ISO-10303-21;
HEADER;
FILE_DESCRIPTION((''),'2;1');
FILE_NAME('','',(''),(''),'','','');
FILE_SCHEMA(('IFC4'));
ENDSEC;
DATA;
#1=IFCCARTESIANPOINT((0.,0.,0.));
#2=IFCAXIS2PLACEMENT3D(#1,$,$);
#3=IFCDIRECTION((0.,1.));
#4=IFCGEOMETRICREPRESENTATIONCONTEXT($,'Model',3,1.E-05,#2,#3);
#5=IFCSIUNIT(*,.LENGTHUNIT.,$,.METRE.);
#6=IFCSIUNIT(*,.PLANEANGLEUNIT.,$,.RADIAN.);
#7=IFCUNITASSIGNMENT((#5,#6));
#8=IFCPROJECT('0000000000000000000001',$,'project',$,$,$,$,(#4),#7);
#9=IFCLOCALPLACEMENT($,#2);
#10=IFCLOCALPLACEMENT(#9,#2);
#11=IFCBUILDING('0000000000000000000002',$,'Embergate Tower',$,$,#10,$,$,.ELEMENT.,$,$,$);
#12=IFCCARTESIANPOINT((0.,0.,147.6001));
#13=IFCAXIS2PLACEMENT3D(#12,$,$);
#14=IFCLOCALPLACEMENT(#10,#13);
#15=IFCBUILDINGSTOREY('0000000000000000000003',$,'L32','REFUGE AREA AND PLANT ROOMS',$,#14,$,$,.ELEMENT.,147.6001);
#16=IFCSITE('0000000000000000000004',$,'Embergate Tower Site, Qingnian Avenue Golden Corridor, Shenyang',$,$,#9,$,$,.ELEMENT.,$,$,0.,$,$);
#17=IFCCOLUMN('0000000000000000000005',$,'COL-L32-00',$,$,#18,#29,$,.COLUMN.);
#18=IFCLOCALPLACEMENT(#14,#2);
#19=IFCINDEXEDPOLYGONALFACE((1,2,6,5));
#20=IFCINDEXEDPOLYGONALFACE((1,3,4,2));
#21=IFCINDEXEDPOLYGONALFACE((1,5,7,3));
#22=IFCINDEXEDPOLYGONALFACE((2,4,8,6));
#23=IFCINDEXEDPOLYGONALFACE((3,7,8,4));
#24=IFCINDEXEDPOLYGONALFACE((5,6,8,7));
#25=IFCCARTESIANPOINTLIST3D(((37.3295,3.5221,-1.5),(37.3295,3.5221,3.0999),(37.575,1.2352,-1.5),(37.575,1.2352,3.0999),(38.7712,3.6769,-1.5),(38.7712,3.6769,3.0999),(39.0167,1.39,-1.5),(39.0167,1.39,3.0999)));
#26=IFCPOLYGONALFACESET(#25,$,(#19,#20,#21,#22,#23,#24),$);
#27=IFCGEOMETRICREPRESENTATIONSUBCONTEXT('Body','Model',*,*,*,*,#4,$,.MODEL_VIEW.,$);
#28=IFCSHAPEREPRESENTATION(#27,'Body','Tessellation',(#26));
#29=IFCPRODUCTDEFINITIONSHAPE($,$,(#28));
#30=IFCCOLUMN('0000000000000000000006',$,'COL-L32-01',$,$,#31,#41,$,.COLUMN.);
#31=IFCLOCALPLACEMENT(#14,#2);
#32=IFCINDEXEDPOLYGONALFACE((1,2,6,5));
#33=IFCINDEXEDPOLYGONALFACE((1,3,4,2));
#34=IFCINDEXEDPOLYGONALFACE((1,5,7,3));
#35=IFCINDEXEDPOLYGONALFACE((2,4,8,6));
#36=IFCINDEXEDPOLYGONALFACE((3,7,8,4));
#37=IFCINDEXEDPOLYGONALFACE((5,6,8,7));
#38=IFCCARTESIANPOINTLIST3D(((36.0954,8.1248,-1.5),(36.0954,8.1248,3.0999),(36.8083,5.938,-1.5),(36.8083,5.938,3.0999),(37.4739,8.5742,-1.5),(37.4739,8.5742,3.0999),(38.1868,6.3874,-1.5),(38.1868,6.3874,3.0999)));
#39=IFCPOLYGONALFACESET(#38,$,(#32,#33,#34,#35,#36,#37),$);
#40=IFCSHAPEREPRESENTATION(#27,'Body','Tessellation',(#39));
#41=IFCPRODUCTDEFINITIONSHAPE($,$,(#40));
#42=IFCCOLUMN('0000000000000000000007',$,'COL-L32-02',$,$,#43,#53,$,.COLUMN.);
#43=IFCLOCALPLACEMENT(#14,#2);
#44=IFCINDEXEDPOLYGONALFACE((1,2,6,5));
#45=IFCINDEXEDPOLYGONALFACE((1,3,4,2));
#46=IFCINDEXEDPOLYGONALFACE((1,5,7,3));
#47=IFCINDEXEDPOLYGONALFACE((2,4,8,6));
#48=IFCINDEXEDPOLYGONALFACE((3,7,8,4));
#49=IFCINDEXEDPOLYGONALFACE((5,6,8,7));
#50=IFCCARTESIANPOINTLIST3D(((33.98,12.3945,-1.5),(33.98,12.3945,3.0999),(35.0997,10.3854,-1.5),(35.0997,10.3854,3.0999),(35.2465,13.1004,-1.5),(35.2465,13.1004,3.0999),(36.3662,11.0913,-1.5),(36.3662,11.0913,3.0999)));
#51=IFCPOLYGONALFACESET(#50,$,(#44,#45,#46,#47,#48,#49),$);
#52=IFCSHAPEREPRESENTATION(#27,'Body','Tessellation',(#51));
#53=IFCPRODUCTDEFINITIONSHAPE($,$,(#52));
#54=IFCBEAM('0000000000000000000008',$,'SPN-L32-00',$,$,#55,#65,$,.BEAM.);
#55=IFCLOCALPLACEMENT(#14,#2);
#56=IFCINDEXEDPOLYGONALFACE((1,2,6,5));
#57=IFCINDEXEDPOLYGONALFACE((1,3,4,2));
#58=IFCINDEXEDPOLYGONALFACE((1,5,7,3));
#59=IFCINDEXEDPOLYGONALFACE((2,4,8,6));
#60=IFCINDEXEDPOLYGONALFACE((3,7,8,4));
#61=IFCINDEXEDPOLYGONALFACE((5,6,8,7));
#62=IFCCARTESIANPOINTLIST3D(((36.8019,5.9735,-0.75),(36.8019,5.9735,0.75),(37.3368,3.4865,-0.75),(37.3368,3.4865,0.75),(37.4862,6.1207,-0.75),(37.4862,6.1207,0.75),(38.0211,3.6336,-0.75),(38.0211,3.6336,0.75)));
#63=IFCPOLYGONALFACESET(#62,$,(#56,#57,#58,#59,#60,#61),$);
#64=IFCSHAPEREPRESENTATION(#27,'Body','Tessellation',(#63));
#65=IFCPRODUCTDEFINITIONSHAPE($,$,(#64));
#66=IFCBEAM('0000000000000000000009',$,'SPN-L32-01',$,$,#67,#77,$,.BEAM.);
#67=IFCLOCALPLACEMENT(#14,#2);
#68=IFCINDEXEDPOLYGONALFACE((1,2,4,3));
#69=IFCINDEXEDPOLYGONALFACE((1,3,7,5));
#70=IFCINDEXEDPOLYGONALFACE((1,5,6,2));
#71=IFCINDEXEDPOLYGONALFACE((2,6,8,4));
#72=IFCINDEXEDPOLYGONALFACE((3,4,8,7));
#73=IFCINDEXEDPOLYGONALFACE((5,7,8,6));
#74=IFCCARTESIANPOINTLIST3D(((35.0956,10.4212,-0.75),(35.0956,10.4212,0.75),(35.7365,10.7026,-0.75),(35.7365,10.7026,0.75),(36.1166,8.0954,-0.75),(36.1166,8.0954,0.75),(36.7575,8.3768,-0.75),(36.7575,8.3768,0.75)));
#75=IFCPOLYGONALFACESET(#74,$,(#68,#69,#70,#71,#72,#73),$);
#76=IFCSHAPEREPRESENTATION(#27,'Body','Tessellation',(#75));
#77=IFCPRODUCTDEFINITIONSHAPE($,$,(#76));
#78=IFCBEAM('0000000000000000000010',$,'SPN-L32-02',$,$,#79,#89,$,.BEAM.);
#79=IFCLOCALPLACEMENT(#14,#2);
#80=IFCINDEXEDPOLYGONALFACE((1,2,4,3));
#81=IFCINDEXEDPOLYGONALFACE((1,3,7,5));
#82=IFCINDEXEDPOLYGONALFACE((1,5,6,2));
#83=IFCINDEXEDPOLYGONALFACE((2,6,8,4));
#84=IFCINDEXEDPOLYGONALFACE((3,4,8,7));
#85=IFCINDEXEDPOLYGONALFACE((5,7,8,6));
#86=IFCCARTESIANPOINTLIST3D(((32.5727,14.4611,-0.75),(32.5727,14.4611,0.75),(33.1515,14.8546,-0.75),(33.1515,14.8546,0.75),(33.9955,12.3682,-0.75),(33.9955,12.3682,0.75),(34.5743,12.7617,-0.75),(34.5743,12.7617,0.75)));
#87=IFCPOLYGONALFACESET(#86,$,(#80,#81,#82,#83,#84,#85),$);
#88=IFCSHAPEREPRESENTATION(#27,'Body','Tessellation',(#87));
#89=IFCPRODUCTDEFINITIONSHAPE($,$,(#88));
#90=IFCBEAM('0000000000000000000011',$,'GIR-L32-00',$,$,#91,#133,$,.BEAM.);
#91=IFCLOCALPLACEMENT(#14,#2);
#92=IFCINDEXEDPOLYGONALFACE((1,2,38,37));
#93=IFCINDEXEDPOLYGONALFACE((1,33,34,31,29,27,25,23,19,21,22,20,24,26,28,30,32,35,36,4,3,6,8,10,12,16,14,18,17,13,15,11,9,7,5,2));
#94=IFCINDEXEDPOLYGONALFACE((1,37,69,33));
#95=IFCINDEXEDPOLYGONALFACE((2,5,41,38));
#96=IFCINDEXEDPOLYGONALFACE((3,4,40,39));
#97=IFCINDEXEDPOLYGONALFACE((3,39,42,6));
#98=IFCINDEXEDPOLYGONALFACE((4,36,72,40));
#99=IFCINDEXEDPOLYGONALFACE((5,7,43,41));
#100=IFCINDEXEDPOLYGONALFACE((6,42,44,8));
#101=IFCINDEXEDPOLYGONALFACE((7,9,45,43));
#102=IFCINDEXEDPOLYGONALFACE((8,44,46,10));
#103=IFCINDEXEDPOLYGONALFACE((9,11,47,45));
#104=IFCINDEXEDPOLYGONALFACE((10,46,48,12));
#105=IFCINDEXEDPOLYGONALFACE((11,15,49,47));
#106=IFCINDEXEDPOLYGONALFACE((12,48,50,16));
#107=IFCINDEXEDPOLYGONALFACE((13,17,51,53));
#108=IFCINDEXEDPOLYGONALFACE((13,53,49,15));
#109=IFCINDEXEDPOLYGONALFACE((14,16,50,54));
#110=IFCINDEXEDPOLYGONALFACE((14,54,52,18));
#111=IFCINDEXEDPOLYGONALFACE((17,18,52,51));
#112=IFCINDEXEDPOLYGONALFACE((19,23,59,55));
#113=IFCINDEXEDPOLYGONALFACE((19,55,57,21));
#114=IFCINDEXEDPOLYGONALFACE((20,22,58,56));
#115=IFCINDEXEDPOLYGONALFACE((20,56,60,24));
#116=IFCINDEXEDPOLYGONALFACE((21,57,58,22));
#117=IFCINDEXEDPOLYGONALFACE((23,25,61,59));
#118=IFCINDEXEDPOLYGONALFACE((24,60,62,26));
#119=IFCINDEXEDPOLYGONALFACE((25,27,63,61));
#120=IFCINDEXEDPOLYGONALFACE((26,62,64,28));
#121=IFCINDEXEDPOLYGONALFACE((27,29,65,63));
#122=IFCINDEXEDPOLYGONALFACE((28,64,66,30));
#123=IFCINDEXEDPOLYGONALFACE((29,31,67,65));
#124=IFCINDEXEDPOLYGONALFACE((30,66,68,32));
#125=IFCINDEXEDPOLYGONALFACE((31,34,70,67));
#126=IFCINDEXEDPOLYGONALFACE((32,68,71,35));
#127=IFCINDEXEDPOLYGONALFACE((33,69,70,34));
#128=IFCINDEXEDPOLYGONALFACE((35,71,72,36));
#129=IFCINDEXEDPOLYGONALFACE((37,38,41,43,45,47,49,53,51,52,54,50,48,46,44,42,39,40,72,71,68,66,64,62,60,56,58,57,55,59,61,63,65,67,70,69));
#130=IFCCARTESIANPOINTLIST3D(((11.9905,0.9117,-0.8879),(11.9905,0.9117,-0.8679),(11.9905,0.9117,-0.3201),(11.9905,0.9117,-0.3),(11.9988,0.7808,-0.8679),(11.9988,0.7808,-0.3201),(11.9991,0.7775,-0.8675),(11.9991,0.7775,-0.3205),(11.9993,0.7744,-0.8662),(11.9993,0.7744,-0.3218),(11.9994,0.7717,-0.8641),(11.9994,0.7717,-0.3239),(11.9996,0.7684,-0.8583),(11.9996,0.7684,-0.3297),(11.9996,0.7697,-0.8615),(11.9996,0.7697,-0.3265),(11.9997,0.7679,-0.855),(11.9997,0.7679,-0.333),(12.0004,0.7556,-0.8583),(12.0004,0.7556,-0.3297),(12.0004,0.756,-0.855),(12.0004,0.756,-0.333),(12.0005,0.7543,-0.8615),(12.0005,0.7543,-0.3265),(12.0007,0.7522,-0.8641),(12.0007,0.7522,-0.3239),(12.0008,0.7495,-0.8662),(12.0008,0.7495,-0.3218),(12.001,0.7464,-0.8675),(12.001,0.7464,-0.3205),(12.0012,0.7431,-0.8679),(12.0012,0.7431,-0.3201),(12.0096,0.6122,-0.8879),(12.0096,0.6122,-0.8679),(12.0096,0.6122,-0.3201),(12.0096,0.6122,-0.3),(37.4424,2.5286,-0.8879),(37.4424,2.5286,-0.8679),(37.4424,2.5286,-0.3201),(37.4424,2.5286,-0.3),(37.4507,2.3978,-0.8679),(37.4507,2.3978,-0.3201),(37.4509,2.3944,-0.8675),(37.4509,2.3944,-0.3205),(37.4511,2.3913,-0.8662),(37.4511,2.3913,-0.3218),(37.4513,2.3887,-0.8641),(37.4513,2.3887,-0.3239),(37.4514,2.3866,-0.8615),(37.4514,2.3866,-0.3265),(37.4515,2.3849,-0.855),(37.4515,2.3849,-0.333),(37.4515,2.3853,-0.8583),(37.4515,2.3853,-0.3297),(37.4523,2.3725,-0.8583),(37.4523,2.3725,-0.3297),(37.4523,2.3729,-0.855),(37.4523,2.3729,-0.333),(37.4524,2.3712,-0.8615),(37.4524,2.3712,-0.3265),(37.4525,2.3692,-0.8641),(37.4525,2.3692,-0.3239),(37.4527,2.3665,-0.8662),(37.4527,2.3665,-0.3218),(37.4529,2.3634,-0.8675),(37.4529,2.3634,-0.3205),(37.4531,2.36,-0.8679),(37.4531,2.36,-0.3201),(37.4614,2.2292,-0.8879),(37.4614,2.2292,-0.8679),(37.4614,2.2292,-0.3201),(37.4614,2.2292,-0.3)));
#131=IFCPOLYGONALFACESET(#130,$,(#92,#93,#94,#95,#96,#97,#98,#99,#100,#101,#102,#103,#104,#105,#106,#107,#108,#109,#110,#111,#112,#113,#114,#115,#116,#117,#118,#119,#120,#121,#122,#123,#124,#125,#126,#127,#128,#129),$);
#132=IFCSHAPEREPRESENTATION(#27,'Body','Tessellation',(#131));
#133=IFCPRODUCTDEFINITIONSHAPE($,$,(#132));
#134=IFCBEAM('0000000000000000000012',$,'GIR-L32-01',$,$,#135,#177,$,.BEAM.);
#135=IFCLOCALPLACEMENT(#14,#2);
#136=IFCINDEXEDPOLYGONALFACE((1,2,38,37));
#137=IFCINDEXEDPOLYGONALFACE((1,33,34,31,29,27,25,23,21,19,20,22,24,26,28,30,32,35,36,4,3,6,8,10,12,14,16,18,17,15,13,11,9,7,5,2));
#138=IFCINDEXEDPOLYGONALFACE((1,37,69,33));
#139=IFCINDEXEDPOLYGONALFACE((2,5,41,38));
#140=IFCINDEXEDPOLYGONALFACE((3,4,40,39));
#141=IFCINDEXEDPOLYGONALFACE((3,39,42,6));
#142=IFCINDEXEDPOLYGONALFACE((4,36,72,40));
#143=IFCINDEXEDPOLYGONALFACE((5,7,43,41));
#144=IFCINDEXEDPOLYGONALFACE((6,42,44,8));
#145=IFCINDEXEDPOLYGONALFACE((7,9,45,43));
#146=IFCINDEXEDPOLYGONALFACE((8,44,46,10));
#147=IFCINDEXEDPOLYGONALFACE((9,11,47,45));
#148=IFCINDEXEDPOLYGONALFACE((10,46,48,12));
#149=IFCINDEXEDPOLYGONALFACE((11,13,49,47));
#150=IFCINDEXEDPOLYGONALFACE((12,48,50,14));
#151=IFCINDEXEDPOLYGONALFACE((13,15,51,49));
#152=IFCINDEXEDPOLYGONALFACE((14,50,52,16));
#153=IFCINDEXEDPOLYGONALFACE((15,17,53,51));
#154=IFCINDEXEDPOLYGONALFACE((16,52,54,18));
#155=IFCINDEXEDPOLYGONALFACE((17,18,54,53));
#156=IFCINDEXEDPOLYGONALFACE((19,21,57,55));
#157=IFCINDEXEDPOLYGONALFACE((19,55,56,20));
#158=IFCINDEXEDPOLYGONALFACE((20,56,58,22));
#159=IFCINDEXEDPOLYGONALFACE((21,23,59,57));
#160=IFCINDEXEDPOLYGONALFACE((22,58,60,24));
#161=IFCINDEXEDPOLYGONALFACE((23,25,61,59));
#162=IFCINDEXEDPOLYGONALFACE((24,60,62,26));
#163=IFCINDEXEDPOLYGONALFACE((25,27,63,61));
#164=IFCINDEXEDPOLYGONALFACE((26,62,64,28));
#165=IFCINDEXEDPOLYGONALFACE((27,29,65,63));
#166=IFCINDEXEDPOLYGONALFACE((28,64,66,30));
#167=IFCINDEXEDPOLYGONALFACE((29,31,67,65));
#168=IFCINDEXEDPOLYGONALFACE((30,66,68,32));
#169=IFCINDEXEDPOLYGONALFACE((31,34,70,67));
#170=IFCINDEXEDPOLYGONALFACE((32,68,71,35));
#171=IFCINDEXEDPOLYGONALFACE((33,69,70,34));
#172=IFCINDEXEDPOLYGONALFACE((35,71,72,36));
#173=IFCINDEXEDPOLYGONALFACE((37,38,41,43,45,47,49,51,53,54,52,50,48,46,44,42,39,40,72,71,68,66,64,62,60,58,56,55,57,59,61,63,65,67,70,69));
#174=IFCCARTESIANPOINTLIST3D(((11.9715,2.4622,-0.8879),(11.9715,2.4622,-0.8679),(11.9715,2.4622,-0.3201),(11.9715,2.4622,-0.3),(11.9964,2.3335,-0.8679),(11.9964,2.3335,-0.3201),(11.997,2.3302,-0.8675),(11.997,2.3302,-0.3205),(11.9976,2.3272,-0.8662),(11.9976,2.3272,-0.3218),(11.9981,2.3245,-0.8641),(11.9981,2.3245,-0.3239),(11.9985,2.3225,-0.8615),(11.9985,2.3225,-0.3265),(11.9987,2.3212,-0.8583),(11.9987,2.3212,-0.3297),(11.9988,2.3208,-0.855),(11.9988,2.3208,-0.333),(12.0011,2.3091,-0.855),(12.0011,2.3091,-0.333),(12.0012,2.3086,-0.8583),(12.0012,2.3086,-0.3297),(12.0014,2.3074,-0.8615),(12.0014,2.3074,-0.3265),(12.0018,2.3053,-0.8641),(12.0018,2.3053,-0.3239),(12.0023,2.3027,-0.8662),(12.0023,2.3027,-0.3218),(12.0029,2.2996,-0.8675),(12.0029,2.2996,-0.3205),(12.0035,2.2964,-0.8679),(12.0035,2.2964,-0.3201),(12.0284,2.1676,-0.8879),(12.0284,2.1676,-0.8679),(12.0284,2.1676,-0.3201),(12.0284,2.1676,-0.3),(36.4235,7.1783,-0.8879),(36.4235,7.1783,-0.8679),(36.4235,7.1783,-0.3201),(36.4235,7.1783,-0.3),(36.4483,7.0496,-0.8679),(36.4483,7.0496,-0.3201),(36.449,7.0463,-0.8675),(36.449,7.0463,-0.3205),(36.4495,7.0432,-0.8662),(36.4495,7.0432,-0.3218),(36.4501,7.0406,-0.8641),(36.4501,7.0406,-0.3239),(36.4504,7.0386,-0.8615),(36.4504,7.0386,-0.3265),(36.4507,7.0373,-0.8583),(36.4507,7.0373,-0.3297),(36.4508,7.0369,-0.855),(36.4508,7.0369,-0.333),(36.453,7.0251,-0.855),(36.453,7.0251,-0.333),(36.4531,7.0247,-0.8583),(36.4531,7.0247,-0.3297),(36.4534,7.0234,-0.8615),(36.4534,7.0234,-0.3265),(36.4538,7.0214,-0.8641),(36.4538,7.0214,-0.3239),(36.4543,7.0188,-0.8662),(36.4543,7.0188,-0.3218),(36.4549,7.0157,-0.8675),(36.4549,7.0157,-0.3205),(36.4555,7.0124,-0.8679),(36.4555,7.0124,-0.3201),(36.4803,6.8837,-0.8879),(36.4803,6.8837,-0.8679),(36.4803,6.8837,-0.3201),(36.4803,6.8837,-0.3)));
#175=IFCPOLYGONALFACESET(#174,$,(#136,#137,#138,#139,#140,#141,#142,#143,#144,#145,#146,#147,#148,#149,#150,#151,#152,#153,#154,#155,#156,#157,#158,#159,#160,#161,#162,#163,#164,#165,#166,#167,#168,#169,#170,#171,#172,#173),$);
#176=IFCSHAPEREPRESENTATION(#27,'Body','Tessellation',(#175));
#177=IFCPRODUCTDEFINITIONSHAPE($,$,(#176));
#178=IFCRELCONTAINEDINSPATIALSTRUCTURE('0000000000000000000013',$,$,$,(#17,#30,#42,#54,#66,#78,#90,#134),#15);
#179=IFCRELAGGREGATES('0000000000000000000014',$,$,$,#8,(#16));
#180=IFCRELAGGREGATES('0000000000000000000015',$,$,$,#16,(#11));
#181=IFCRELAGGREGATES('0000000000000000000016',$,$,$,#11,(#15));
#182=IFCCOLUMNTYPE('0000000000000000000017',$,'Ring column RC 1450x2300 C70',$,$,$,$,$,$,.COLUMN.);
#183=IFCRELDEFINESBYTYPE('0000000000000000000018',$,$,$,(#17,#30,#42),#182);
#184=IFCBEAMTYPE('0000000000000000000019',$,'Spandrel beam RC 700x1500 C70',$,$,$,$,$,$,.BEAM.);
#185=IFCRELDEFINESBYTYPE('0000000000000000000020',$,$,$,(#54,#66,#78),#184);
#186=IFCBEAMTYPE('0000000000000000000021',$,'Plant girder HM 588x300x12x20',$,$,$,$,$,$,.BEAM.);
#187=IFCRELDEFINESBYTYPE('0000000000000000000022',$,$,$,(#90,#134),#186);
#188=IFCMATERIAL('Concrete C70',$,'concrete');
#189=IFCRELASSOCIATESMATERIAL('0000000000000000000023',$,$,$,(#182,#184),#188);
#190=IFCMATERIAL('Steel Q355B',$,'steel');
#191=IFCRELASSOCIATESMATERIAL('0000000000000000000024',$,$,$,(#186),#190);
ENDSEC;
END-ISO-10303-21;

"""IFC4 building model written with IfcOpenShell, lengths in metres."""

from ifc_helpers import new_model, si_unit, direction, frame, origin, origin_2d, place, context, subcontext, project, spatial, rectangle, i_section, extrude, source, transform, mapped, material, material_profile, profile_set, type_object, element, save


model = new_model("IFC4")

# Units and contexts
model_context = context("Model", 3, precision=1e-05, world=origin(), true_north=direction((0.0, 1.0)))
body_context = subcontext(model_context, "Body", "Model", "MODEL_VIEW")
ifc_project = project(units=[si_unit("LENGTHUNIT", "METRE"), si_unit("PLANEANGLEUNIT", "RADIAN")], contexts=[model_context])

# Site, building, storey
site_placement = place(None, origin())
site = spatial("IfcSite", under=ifc_project, at=site_placement, Name="Embergate Tower Site, Qingnian Avenue Golden Corridor, Shenyang", CompositionType="ELEMENT", RefElevation=0.0)
building_placement = place(site_placement, origin())
building = spatial("IfcBuilding", under=site, at=building_placement, Name="Embergate Tower", CompositionType="ELEMENT")
storey_placement = place(building_placement, frame((0.0, 0.0, 147.6001)))
storey = spatial("IfcBuildingStorey", under=building, at=storey_placement, Name="L32", Description="REFUGE AREA AND PLANT ROOMS", CompositionType="ELEMENT", Elevation=147.6001)

# Columns
ifc_material_1 = material(Name="Concrete C70", Category="concrete")
ifc_material_profile_1 = material_profile(ifc_material_1, rectangle(XDim=1.45, YDim=2.3, at=origin_2d()), Name="RC 1450x2300")
ifc_profile_set_1 = profile_set([ifc_material_profile_1], Name="Concrete C70")
column_type = type_object("IfcColumnType", Name="Ring column RC 1450x2300 C70", PredefinedType="COLUMN", material=ifc_profile_set_1)
shared_shape_1 = source(origin(), body_context, "Body", "SweptSolid", [
    extrude(rectangle(XDim=1.45, YDim=2.3, at=origin_2d()), origin(), (0.0, 0.0, 1.0), 4.5999),
])
for number, where, z_axis, x_axis, name in (
    (1, (38.1731, 2.4561, -1.5), (0.0, 0.0, 1.0), (0.994286, 0.10675, 0.0), "COL-L32-00"),
    (2, (37.1411, 7.2561, -1.5), (0.0, 0.0, 1.0), (0.950754, 0.309946, 0.0), "COL-L32-01"),
    (3, (35.1731, 11.7429, -1.5), (0.0, 0.0, 1.0), (0.873492, 0.486839, 0.0), "COL-L32-02"),
):
    element("IfcColumn", number, at=place(storey_placement, frame(where, z_axis=z_axis, x_axis=x_axis)), inside=storey, type_object=column_type, Name=name, PredefinedType="COLUMN", context=body_context, shape_type="MappedRepresentation", body=[
        mapped(shared_shape_1, transform((0.0, 0.0, 0.0))),
    ])

# Beams
ifc_material_profile_2 = material_profile(ifc_material_1, rectangle(XDim=0.7, YDim=1.5, at=origin_2d()), Name="RC 700x1500")
ifc_profile_set_2 = profile_set([ifc_material_profile_2], Name="Concrete C70")
beam_type_1 = type_object("IfcBeamType", Name="Spandrel beam RC 700x1500 C70", PredefinedType="BEAM", material=ifc_profile_set_2)
shared_shape_2 = source(origin(), body_context, "Body", "SweptSolid", [
    extrude(rectangle(XDim=0.7, YDim=1.5, at=origin_2d()), origin(), (0.0, 0.0, 1.0), 2.5439),
])
beam_1_placement = place(storey_placement, frame((37.679, 3.5601, 0.0), z_axis=(-0.21027, 0.977643, 0.0), x_axis=(-0.977643, -0.21027, 0.0)))
element("IfcBeam", 4, at=beam_1_placement, inside=storey, type_object=beam_type_1, Name="SPN-L32-00", PredefinedType="BEAM", context=body_context, shape_type="MappedRepresentation", body=[
    mapped(shared_shape_2, transform((0.0, 0.0, 0.0))),
])
shared_shape_3 = source(origin(), body_context, "Body", "SweptSolid", [
    extrude(rectangle(XDim=0.7, YDim=1.5, at=origin_2d()), origin(), (0.0, 0.0, 1.0), 2.54),
])
beam_2_placement = place(storey_placement, frame((36.437, 8.2361, 0.0), z_axis=(-0.401943, 0.915665, 0.0), x_axis=(-0.915665, -0.401943, 0.0)))
element("IfcBeam", 5, at=beam_2_placement, inside=storey, type_object=beam_type_1, Name="SPN-L32-01", PredefinedType="BEAM", context=body_context, shape_type="MappedRepresentation", body=[
    mapped(shared_shape_3, transform((0.0, 0.0, 0.0))),
])
shared_shape_4 = source(origin(), body_context, "Body", "SweptSolid", [
    extrude(rectangle(XDim=0.7, YDim=1.5, at=origin_2d()), origin(), (0.0, 0.0, 1.0), 2.5308),
])
beam_3_placement = place(storey_placement, frame((34.2849, 12.5649, 0.0), z_axis=(-0.562202, 0.827, 0.0), x_axis=(-0.827, -0.562202, 0.0)))
element("IfcBeam", 6, at=beam_3_placement, inside=storey, type_object=beam_type_1, Name="SPN-L32-02", PredefinedType="BEAM", context=body_context, shape_type="MappedRepresentation", body=[
    mapped(shared_shape_4, transform((0.0, 0.0, 0.0))),
])
ifc_material_2 = material(Name="Steel Q355B", Category="steel")
ifc_material_profile_3 = material_profile(ifc_material_2, i_section(OverallWidth=0.3, OverallDepth=0.5879, WebThickness=0.012, FlangeThickness=0.02, FilletRadius=0.0129, at=origin_2d()), Name="HM 588x300x12x20")
ifc_profile_set_3 = profile_set([ifc_material_profile_3], Name="Steel Q355 grade B")
beam_type_2 = type_object("IfcBeamType", Name="Plant girder HM 588x300x12x20", PredefinedType="BEAM", material=ifc_profile_set_3)
shared_shape_5 = source(origin(), body_context, "Body", "SweptSolid", [
    extrude(i_section(OverallWidth=0.3, OverallDepth=0.5879, WebThickness=0.012, FlangeThickness=0.02, FilletRadius=0.0129, at=origin_2d()), origin(), (0.0, 0.0, 1.0), 25.5032),
])
beam_4_placement = place(storey_placement, frame((37.4519, 2.3789, -0.594), z_axis=(-0.997988, -0.063402, 0.0), x_axis=(0.063402, -0.997988, 0.0)))
element("IfcBeam", 7, at=beam_4_placement, inside=storey, type_object=beam_type_2, Name="GIR-L32-00", PredefinedType="BEAM", context=body_context, shape_type="MappedRepresentation", body=[
    mapped(shared_shape_5, transform((0.0, 0.0, 0.0))),
])
shared_shape_6 = source(origin(), body_context, "Body", "SweptSolid", [
    extrude(i_section(OverallWidth=0.3, OverallDepth=0.5879, WebThickness=0.012, FlangeThickness=0.02, FilletRadius=0.0129, at=origin_2d()), origin(), (0.0, 0.0, 1.0), 24.9026),
])
beam_5_placement = place(storey_placement, frame((36.4519, 7.031, -0.594), z_axis=(-0.981904, -0.189381, 0.0), x_axis=(0.189381, -0.981904, 0.0)))
element("IfcBeam", 8, at=beam_5_placement, inside=storey, type_object=beam_type_2, Name="GIR-L32-01", PredefinedType="BEAM", context=body_context, shape_type="MappedRepresentation", body=[
    mapped(shared_shape_6, transform((0.0, 0.0, 0.0))),
])

save(model, "model.ifc")
